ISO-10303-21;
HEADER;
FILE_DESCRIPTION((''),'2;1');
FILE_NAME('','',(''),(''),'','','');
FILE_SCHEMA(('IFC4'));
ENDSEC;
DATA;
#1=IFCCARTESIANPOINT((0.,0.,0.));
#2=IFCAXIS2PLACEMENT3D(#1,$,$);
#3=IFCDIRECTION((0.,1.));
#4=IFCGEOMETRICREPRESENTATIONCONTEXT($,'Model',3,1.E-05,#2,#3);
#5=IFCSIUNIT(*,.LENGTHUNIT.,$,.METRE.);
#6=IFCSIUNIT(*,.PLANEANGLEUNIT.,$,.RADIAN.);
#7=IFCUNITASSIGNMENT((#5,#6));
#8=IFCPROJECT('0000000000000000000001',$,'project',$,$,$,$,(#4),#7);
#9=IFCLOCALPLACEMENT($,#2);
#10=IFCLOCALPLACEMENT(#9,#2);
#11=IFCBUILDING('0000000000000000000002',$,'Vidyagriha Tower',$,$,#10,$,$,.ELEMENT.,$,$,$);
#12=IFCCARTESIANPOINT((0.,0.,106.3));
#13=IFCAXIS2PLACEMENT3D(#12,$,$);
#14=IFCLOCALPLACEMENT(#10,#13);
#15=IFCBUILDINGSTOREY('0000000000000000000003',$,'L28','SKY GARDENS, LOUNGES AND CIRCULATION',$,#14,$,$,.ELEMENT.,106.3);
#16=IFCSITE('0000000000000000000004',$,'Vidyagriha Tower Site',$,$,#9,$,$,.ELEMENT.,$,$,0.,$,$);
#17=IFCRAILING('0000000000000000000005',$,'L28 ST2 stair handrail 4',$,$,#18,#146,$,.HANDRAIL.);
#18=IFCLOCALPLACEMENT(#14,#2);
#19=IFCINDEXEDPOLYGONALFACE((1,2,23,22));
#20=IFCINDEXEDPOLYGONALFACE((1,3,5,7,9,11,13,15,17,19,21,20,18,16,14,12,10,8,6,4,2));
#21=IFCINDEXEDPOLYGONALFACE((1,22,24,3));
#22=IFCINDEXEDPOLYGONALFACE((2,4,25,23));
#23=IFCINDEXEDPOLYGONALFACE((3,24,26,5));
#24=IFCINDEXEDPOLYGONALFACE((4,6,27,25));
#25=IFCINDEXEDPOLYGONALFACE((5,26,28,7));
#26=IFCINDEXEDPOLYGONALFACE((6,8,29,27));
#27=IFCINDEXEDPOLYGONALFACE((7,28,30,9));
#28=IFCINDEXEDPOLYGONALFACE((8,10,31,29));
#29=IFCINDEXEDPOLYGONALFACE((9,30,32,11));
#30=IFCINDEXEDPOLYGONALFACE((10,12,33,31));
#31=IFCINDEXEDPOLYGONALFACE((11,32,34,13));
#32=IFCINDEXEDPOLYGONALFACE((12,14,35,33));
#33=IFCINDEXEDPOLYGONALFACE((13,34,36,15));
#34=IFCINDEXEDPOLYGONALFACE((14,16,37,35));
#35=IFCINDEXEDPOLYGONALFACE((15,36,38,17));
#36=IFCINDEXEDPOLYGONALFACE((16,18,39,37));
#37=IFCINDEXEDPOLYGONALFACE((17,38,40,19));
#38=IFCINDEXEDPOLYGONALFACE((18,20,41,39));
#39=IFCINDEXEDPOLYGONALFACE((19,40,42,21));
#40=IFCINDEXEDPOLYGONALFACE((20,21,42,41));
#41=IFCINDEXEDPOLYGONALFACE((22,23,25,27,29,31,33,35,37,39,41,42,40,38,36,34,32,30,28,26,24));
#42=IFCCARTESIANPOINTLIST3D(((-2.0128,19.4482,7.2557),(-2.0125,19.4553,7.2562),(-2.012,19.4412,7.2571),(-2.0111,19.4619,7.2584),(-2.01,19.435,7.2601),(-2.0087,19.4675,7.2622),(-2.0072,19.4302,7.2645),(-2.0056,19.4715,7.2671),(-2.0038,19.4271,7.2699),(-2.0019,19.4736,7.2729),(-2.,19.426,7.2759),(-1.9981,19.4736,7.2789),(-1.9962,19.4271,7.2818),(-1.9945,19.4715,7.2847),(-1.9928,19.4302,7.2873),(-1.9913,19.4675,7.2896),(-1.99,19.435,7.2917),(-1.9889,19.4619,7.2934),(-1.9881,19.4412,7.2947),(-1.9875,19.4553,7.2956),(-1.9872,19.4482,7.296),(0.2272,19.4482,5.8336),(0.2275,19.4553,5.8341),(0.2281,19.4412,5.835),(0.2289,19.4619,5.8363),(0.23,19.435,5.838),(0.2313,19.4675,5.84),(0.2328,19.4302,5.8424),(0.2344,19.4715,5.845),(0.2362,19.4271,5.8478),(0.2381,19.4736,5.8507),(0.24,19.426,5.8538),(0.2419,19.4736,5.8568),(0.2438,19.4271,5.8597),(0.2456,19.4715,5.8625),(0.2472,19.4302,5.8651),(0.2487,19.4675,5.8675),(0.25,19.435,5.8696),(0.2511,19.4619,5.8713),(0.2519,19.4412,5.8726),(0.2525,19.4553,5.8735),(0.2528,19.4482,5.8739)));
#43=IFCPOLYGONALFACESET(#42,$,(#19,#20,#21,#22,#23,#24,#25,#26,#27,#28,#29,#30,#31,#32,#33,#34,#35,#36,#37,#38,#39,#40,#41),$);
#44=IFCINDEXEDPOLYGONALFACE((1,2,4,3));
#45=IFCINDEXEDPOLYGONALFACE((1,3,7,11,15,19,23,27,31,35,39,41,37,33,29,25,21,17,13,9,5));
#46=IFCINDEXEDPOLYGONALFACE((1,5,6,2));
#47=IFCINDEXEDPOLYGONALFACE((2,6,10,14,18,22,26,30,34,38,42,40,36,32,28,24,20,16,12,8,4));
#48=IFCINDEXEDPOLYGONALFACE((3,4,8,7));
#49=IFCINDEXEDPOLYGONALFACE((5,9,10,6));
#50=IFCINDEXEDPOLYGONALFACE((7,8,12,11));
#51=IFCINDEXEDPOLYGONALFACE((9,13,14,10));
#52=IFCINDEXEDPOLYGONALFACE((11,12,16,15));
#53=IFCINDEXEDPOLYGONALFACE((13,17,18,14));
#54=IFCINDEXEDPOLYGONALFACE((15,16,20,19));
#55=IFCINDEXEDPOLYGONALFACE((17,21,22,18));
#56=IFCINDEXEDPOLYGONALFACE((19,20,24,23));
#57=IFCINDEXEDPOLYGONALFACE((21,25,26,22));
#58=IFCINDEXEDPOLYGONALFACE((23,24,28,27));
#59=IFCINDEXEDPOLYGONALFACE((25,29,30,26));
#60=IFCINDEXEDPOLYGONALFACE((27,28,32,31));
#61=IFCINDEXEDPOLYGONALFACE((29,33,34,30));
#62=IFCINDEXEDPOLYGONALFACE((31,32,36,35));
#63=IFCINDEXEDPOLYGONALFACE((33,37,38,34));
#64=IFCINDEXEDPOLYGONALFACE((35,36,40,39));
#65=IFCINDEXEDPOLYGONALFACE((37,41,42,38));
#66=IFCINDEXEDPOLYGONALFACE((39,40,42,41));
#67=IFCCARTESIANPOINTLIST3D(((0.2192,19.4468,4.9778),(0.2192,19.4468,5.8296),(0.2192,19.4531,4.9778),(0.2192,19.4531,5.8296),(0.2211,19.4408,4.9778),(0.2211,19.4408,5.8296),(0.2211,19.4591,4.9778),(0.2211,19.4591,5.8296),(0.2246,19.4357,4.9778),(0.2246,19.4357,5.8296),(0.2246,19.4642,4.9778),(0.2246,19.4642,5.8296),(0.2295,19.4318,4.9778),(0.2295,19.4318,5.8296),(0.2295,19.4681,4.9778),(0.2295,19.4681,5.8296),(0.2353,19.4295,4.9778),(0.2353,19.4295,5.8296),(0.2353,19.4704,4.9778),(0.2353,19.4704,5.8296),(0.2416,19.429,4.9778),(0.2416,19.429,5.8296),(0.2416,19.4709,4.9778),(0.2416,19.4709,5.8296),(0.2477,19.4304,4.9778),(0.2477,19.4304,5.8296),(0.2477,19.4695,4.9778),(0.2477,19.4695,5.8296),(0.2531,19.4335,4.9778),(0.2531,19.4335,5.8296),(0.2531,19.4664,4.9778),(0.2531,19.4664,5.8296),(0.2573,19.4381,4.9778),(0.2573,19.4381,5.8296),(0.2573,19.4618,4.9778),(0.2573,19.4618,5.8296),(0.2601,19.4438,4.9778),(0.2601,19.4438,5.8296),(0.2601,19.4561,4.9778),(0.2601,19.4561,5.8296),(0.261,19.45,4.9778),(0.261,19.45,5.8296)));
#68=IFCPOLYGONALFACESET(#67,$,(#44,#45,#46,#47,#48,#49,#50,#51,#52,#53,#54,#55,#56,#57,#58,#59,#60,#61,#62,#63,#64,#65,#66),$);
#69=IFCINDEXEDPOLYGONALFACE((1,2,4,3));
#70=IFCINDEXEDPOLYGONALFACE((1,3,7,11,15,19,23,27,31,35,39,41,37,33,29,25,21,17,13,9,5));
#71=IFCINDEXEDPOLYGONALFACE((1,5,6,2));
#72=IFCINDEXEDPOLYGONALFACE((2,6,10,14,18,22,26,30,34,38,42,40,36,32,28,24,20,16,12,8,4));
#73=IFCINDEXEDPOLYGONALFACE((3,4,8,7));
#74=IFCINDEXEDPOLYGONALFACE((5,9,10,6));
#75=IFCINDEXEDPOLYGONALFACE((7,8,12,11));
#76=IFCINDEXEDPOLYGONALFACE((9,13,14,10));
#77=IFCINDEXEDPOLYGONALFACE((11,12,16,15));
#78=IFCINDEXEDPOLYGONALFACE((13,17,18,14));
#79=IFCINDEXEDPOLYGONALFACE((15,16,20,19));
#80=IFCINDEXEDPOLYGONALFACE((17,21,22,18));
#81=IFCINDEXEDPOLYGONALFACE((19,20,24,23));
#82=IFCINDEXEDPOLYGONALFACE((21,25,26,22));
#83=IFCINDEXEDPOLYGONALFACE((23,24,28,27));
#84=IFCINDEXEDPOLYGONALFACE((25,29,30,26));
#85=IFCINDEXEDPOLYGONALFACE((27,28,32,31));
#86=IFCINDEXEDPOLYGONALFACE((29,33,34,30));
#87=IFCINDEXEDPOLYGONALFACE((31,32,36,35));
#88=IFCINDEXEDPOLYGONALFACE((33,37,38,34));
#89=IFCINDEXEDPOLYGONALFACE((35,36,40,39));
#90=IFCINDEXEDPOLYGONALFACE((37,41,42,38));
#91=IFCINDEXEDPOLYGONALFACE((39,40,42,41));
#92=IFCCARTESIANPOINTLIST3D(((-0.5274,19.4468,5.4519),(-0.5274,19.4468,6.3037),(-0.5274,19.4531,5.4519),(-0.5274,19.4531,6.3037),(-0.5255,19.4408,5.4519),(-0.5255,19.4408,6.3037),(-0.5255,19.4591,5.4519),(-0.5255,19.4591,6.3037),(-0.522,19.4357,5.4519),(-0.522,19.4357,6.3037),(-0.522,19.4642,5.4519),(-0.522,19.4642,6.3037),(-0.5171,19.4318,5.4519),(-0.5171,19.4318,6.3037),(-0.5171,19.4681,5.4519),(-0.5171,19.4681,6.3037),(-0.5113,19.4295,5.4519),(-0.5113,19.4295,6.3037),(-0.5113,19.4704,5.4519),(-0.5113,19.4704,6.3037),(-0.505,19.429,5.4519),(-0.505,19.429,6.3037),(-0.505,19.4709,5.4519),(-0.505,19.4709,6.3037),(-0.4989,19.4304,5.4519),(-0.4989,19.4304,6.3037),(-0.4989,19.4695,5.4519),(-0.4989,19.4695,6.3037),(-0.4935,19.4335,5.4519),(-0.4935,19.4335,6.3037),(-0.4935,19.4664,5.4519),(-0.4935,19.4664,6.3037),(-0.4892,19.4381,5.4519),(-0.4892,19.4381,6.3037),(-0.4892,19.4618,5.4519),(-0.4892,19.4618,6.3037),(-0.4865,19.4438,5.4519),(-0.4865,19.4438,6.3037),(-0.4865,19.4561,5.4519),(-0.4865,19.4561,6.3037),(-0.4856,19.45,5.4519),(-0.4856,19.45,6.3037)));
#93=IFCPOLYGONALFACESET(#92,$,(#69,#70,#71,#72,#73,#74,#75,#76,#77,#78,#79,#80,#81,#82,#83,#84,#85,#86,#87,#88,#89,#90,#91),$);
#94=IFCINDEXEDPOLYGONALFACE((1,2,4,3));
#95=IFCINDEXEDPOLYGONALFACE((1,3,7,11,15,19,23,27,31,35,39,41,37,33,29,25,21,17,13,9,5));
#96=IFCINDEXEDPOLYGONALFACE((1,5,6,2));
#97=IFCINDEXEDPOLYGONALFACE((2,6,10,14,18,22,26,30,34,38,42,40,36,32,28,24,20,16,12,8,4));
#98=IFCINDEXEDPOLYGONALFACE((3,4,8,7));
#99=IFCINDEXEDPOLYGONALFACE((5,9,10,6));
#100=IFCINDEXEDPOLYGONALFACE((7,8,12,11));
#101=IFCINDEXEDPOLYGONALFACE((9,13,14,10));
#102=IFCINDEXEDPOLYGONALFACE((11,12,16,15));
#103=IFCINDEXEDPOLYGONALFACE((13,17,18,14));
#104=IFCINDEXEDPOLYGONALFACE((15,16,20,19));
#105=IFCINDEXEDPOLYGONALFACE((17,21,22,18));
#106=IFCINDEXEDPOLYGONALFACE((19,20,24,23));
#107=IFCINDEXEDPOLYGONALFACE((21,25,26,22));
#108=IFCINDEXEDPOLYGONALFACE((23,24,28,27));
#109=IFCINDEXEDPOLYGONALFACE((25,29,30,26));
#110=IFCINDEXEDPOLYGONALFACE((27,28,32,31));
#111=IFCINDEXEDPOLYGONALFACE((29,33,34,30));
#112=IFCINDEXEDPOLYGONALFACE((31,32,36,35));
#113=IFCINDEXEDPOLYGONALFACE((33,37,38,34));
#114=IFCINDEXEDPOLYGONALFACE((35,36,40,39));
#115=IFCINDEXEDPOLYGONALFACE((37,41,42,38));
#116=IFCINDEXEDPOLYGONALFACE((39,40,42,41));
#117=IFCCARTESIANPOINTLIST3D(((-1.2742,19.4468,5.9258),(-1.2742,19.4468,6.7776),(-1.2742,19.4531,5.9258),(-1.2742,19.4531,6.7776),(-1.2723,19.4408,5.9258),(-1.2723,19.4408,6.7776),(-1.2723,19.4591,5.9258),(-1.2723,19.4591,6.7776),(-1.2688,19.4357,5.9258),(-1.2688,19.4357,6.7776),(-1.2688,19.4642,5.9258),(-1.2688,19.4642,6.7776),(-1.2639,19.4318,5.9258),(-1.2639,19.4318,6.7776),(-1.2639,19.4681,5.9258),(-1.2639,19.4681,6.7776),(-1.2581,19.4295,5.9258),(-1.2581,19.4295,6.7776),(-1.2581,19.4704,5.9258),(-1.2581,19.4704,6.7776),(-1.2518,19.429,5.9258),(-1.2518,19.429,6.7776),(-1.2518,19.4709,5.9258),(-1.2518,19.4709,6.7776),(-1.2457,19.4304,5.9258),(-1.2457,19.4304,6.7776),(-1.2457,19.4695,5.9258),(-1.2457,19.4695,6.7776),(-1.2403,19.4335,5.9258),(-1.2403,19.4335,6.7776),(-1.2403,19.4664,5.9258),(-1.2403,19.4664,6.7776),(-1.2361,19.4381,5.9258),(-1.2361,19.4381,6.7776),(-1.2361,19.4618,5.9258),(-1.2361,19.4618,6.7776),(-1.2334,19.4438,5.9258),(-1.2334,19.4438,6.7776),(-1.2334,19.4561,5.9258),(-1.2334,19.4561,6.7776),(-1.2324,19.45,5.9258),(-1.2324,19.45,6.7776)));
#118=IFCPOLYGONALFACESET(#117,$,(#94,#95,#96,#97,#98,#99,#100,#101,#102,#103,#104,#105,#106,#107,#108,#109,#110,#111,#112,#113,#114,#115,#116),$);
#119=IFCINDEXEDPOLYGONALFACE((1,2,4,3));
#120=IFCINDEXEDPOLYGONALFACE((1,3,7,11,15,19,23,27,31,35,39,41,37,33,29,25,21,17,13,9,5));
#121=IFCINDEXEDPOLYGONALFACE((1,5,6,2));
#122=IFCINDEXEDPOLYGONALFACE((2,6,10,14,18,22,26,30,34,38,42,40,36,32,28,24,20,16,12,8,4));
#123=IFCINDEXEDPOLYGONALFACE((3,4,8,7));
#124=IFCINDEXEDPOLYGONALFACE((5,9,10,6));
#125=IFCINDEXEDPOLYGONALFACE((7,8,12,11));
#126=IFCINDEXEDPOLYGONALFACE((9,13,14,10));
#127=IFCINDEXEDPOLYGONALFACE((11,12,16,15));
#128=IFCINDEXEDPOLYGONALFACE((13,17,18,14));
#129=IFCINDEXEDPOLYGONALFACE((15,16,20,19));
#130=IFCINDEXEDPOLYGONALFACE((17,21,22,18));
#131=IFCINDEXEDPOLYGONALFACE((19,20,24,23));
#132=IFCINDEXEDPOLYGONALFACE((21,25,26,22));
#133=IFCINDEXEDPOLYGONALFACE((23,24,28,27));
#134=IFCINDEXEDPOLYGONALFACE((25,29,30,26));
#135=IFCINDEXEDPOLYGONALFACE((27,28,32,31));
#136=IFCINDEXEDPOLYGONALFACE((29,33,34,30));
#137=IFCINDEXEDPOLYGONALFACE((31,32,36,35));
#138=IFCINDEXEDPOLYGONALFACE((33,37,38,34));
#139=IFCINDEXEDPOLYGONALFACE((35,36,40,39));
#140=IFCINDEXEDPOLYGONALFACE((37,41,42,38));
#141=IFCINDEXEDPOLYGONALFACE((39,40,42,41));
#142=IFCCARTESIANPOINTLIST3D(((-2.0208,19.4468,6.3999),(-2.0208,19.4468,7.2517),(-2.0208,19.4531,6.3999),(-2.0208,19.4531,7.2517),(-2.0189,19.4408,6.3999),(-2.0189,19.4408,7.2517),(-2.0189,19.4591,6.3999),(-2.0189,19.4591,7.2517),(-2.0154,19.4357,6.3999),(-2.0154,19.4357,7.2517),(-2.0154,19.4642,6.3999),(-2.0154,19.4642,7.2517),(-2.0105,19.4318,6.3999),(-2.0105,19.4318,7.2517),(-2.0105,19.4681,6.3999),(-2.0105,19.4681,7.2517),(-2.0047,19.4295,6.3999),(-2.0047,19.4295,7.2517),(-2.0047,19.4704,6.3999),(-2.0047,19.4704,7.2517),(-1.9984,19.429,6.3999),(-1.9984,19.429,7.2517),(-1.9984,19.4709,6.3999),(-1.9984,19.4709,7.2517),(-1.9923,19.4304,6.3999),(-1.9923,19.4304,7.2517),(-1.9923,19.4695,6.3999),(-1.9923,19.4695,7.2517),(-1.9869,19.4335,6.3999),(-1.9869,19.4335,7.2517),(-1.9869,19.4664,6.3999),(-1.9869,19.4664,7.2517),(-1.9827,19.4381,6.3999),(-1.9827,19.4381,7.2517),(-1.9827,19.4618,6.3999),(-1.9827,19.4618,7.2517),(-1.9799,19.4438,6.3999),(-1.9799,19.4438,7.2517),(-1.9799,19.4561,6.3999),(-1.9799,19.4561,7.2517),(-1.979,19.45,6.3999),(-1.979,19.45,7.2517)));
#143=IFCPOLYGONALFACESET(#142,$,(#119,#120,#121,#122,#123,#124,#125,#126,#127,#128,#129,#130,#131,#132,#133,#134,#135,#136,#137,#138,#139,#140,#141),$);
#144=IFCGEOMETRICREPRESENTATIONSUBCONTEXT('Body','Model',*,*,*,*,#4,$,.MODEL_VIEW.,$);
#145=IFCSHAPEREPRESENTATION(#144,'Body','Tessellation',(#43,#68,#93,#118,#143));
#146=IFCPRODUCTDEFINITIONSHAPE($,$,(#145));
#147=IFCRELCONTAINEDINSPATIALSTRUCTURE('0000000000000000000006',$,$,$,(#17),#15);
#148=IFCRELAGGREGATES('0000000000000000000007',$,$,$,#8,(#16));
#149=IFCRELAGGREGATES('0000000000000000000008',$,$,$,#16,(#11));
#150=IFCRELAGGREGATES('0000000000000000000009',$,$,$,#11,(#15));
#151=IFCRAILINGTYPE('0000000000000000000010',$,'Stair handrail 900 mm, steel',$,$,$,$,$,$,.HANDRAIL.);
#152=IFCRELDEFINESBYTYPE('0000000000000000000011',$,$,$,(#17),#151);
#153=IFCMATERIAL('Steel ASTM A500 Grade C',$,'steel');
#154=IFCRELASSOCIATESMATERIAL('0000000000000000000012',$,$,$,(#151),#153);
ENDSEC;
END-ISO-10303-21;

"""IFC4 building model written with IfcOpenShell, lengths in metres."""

from ifc_helpers import new_model, si_unit, direction, frame, origin, origin_2d, place, context, subcontext, project, spatial, circle, extrude, material, type_object, element, save


model = new_model("IFC4")

# Units and contexts
model_context = context("Model", 3, precision=1e-05, world=origin(), true_north=direction((0.0, 1.0)))
body_context = subcontext(model_context, "Body", "Model", "MODEL_VIEW")
ifc_project = project(units=[si_unit("LENGTHUNIT", "METRE"), si_unit("PLANEANGLEUNIT", "RADIAN")], contexts=[model_context])

# Site, building, storey
site_placement = place(None, origin())
site = spatial("IfcSite", under=ifc_project, at=site_placement, Name="Vidyagriha Tower Site", CompositionType="ELEMENT", RefElevation=0.0)
building_placement = place(site_placement, origin())
building = spatial("IfcBuilding", under=site, at=building_placement, Name="Vidyagriha Tower", CompositionType="ELEMENT")
storey_placement = place(building_placement, frame((0.0, 0.0, 106.3)))
storey = spatial("IfcBuildingStorey", under=building, at=storey_placement, Name="L28", Description="SKY GARDENS, LOUNGES AND CIRCULATION", CompositionType="ELEMENT", Elevation=106.3)

# Railing
ifc_material_1 = material(Name="Steel ASTM A500 Grade C", Category="steel")
railing_type_1 = type_object("IfcRailingType", Name="Stair handrail 900 mm, steel", PredefinedType="HANDRAIL", material=ifc_material_1)
for number, where, name in (
    (1, (0.24, 19.45, 4.9778), "L28 ST2 stair handrail 4"),
):
    element("IfcRailing", number, at=place(storey_placement, frame(where)), inside=storey, type_object=railing_type_1, Name=name, PredefinedType="HANDRAIL", context=body_context, shape_type="SweptSolid", body=[
        extrude(circle(Radius=0.0239, at=origin_2d()), frame((0.0, 0.0, 0.876), z_axis=(-0.844229, 0.0, 0.535982), x_axis=(0.0, -1.0, 0.0)), (0.0, 0.0, 1.0), 2.6533),
        extrude(circle(Radius=0.021, at=origin_2d()), origin(), (0.0, 0.0, 1.0), 0.8518),
        extrude(circle(Radius=0.021, at=origin_2d()), frame((-0.7466, 0.0, 0.4741)), (0.0, 0.0, 1.0), 0.8518),
        extrude(circle(Radius=0.021, at=origin_2d()), frame((-1.4934, 0.0, 0.948)), (0.0, 0.0, 1.0), 0.8518),
        extrude(circle(Radius=0.021, at=origin_2d()), frame((-2.24, 0.0, 1.4221)), (0.0, 0.0, 1.0), 0.8518),
    ])

save(model, "model.ifc")
